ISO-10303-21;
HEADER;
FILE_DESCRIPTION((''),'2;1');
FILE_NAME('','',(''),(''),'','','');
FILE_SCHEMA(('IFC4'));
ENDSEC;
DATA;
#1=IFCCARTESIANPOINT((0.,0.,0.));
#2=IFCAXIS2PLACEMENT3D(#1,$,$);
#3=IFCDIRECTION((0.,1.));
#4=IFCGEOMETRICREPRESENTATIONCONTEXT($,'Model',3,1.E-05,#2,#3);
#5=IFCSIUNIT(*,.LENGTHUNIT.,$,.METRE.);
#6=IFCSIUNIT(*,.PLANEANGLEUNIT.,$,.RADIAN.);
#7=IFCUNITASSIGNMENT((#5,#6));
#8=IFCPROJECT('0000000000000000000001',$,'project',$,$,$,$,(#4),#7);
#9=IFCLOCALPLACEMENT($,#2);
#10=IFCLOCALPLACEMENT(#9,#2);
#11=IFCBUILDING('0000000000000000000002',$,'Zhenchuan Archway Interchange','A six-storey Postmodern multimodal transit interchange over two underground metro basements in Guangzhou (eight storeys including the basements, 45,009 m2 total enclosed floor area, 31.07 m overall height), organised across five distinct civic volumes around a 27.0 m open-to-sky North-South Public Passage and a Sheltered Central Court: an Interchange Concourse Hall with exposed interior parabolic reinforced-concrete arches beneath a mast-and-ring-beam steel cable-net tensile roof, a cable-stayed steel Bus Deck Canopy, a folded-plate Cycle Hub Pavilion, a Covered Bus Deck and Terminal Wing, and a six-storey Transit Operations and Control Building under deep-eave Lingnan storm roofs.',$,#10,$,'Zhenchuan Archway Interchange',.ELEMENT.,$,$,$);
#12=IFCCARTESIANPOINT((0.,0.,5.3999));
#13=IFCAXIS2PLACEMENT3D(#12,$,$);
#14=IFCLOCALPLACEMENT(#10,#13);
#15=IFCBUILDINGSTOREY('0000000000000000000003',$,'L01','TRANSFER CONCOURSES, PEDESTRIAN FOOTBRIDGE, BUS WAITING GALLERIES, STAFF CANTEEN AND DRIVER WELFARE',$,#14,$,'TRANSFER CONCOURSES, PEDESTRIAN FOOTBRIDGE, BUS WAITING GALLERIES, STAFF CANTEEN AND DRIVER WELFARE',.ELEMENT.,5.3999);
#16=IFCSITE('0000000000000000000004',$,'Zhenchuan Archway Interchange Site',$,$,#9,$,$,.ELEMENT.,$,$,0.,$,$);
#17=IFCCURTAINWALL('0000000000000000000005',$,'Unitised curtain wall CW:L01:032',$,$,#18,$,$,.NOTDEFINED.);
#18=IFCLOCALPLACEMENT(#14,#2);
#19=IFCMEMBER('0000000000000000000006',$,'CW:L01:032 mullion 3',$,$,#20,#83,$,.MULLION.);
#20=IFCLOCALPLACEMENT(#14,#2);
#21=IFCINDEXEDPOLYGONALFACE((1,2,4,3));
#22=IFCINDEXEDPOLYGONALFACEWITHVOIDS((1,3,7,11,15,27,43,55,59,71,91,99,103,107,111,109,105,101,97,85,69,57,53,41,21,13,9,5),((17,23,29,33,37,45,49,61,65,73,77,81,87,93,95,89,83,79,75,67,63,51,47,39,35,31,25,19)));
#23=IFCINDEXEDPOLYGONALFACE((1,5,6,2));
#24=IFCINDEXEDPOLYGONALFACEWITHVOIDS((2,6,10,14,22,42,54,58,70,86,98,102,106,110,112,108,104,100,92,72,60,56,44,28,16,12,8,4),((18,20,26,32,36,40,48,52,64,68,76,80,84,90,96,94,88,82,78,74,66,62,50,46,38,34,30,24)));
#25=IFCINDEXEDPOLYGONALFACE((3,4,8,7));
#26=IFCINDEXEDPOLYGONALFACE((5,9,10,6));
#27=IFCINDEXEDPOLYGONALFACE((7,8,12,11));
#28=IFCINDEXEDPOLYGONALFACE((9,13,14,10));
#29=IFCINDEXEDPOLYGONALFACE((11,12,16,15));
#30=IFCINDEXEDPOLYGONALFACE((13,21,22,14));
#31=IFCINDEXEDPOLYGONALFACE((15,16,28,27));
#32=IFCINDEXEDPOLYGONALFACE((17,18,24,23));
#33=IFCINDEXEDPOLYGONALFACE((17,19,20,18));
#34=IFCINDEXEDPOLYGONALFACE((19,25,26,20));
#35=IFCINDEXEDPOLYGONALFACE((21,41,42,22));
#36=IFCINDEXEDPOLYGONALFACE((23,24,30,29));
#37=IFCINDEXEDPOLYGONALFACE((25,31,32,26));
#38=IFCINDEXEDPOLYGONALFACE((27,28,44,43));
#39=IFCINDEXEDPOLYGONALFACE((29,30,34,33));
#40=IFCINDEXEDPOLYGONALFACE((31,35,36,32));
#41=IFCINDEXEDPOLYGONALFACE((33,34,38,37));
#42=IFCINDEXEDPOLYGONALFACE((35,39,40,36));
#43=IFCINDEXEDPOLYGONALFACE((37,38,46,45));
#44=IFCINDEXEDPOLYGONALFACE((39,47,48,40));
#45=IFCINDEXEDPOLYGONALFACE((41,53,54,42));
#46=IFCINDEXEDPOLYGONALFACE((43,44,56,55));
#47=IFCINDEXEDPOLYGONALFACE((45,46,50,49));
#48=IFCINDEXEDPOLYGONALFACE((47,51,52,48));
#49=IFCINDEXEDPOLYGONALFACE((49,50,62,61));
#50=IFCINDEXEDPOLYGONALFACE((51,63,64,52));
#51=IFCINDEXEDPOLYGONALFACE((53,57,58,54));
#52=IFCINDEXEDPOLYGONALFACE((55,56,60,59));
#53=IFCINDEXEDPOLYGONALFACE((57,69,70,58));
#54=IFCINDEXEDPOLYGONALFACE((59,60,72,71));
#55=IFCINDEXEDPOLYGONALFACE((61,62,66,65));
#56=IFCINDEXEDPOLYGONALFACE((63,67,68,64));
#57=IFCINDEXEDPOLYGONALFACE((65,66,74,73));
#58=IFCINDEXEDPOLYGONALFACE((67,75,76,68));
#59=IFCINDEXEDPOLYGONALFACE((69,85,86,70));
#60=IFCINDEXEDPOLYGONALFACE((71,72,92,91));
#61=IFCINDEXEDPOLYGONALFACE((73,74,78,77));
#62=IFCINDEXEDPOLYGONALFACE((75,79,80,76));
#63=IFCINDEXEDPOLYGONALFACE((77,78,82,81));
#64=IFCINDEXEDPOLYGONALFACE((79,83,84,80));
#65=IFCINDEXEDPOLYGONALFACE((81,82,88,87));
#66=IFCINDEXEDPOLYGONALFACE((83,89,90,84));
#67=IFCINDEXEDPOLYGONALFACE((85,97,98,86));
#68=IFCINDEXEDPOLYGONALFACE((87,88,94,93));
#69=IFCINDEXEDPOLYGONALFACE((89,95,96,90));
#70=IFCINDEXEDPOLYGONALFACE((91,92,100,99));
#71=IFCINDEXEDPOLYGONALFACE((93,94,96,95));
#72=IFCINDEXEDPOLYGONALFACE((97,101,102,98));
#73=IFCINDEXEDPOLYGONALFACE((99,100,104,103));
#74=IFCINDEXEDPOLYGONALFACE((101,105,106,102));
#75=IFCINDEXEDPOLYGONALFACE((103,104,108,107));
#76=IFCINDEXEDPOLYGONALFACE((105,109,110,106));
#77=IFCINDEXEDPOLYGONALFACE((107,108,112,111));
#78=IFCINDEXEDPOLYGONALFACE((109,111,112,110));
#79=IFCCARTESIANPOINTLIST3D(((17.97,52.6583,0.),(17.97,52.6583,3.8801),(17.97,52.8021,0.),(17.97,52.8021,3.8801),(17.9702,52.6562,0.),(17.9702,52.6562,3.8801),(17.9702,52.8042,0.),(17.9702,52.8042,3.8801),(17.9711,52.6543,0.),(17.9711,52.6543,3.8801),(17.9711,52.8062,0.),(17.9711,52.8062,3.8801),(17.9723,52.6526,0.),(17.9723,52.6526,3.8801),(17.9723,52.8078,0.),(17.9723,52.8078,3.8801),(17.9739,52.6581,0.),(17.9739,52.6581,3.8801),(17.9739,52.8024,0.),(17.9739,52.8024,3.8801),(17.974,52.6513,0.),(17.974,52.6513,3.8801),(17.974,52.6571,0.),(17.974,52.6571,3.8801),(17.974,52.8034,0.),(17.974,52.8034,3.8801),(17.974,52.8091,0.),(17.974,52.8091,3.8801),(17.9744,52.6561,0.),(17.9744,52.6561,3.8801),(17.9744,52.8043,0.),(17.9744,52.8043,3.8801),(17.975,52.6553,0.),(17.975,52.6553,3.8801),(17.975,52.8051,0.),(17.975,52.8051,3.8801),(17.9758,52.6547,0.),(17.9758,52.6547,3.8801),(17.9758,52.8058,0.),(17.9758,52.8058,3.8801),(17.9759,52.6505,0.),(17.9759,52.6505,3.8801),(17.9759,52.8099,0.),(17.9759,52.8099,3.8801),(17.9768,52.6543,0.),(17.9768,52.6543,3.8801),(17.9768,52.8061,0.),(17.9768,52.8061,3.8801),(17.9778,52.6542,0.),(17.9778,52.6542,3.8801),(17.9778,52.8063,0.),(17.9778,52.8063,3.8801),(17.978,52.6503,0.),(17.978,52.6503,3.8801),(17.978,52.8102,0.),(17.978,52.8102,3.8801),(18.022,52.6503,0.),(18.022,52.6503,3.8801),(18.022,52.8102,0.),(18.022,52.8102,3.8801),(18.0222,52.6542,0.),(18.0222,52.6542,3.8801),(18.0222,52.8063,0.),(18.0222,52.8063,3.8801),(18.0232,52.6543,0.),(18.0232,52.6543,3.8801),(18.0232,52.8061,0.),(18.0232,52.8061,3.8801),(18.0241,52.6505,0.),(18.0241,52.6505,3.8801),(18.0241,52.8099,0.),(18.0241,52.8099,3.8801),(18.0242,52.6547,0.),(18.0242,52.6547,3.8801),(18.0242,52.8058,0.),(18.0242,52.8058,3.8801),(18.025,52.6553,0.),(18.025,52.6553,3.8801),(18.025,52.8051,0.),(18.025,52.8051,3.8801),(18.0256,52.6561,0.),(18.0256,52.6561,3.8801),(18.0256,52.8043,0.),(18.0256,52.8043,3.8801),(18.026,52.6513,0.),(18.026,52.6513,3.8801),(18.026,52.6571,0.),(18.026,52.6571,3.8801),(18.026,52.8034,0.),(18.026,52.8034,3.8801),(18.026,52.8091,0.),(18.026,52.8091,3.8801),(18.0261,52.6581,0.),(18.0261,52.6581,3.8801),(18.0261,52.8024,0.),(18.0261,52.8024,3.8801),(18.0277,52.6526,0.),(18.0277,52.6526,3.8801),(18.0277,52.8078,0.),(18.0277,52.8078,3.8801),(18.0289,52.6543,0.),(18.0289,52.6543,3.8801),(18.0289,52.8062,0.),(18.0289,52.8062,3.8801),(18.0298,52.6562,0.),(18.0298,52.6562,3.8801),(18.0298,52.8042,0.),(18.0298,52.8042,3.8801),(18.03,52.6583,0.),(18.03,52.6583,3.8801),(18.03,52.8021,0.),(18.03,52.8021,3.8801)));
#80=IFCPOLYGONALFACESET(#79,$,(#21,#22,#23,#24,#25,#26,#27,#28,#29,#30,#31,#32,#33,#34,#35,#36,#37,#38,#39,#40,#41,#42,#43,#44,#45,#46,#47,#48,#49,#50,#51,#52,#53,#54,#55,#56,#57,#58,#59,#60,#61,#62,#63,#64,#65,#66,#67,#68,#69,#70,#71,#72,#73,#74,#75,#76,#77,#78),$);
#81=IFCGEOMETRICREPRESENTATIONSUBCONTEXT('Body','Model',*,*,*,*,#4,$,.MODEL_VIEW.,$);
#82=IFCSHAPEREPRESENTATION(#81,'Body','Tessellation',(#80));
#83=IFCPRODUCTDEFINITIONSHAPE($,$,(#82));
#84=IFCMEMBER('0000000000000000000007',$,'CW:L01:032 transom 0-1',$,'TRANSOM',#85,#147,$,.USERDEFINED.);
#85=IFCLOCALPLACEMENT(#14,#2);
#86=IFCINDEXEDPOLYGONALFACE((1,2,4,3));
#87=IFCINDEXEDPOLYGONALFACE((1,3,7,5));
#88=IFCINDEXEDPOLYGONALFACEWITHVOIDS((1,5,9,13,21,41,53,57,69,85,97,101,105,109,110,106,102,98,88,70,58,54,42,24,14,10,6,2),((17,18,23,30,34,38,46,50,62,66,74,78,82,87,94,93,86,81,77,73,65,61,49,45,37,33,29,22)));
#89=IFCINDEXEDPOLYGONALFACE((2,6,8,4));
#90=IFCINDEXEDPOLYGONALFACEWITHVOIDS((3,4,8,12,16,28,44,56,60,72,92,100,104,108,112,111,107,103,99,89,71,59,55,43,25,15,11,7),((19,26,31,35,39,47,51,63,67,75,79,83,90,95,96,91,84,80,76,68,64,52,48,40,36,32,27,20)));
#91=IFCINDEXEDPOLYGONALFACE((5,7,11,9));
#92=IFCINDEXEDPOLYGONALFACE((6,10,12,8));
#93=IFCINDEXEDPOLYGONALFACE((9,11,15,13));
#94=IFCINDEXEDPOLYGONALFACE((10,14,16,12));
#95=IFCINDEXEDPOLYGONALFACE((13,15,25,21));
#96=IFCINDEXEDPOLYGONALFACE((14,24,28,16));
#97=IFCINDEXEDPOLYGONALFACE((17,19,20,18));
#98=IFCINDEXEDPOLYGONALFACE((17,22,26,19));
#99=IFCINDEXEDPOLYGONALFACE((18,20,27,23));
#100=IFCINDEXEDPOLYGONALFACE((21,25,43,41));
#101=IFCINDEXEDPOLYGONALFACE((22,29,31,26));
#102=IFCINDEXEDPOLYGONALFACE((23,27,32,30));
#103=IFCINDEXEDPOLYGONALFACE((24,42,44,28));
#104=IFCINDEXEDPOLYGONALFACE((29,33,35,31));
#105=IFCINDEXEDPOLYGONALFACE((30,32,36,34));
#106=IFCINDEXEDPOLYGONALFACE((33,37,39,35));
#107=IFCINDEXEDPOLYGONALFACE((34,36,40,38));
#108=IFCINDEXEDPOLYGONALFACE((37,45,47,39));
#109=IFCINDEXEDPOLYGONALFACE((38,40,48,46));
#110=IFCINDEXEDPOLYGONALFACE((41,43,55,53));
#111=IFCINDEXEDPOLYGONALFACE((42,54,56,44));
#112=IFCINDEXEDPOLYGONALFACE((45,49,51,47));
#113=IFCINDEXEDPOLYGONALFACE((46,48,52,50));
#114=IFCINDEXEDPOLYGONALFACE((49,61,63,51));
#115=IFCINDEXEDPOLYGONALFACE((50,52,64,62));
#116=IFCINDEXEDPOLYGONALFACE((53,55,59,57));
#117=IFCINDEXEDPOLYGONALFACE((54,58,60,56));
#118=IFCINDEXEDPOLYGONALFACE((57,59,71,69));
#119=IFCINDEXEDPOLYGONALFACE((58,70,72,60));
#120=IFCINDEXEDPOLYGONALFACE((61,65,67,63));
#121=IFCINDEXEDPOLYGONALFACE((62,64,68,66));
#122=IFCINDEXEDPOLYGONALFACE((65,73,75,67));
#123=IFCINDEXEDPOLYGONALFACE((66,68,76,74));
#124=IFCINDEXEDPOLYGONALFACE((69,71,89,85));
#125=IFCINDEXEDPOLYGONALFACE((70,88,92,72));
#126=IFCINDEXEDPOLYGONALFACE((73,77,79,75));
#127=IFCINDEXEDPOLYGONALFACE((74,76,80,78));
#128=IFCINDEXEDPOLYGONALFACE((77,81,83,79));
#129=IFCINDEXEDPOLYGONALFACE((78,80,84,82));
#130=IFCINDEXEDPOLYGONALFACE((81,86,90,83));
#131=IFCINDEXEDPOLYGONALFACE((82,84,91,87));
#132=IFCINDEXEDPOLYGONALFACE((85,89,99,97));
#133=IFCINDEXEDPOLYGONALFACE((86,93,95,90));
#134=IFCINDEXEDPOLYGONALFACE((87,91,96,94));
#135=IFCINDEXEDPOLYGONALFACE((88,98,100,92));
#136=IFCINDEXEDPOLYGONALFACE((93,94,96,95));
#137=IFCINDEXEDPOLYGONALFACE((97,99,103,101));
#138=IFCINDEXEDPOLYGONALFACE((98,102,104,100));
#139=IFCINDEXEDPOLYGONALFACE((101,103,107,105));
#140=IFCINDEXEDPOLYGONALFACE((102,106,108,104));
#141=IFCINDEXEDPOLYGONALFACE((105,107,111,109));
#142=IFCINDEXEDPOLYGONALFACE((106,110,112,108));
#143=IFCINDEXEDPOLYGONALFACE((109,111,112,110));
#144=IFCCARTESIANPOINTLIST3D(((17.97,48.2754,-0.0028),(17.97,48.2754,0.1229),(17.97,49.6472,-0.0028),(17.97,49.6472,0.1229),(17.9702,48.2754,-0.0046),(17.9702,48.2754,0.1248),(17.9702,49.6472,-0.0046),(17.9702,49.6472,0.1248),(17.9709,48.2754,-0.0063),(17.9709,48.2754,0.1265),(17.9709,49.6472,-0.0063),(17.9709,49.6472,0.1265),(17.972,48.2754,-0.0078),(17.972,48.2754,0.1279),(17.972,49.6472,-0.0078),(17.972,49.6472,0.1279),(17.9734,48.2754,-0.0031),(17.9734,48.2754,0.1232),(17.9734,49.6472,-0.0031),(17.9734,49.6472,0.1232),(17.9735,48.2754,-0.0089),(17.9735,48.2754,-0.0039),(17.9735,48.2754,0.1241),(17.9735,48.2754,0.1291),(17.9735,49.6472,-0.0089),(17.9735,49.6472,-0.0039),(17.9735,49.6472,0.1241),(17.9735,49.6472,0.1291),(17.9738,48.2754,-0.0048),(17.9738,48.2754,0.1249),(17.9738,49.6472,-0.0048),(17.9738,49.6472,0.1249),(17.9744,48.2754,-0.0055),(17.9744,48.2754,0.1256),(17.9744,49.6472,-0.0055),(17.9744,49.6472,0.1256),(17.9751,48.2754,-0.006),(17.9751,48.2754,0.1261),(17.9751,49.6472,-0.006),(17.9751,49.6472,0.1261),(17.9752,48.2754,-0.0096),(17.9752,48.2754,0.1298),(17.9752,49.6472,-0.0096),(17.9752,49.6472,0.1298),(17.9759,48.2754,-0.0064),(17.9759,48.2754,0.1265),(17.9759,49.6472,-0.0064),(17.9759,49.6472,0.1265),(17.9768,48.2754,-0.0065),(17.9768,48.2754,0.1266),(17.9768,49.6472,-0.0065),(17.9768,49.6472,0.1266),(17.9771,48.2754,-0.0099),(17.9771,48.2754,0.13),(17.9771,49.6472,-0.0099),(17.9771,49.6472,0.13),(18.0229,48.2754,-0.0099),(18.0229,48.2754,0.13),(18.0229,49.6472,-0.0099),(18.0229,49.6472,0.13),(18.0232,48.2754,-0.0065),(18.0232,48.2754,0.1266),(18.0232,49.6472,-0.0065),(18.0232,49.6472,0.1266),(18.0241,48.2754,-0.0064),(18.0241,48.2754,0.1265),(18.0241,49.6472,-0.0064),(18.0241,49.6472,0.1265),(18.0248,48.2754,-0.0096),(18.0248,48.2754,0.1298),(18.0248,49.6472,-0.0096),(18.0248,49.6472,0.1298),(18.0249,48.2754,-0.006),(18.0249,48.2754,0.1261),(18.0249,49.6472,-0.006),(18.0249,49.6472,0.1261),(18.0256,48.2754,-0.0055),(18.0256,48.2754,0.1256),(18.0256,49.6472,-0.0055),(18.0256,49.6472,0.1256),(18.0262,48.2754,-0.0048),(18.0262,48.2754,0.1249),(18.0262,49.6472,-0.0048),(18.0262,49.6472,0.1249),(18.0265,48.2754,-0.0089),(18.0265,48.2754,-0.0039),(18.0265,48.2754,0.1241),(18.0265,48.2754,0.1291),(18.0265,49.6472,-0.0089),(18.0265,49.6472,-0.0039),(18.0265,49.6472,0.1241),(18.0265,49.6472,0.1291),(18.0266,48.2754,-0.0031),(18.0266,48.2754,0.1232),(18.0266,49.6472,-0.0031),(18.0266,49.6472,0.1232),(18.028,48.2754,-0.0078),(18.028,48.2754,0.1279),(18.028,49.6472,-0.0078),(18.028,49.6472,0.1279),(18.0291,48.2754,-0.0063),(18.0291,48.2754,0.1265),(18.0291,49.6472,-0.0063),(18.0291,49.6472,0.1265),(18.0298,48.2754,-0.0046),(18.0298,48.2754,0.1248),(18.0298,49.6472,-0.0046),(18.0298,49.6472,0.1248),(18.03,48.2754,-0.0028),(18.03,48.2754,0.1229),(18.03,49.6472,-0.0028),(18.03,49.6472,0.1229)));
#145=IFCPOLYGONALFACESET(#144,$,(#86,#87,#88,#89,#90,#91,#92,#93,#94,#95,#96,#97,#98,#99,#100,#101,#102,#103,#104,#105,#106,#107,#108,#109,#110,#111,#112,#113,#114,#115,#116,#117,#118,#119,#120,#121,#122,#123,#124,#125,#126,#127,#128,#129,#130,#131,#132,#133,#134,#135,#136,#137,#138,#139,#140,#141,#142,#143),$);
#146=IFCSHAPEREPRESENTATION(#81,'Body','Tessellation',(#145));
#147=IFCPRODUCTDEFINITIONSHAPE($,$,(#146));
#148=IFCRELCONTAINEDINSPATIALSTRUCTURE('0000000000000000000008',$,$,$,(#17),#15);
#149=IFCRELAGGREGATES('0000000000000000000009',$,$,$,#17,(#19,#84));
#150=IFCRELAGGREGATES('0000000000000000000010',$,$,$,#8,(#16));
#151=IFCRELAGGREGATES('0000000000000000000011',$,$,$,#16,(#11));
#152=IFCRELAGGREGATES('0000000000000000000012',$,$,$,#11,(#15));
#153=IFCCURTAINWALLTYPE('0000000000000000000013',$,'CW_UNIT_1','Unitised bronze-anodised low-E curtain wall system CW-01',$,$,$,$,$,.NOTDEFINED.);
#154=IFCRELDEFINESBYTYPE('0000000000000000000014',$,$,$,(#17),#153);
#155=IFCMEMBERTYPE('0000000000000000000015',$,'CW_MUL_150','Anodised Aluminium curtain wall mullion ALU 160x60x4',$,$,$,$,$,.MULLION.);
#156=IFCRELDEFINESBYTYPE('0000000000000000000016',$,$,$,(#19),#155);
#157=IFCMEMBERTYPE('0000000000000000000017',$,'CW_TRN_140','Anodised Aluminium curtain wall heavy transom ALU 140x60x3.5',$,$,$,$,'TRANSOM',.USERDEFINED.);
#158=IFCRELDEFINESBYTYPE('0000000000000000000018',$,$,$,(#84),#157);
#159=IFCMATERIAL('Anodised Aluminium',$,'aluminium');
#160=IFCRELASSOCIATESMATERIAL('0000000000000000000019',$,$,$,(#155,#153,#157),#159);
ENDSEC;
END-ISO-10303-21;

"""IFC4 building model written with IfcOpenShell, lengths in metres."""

from ifc_helpers import new_model, si_unit, direction, frame, origin, origin_2d, place, context, subcontext, project, spatial, hollow_rectangle, extrude, material, material_profile, profile_set, type_object, element, aggregate, save


model = new_model("IFC4")

# Units and contexts
model_context = context("Model", 3, precision=1e-05, world=origin(), true_north=direction((0.0, 1.0)))
body_context = subcontext(model_context, "Body", "Model", "MODEL_VIEW")
ifc_project = project(units=[si_unit("LENGTHUNIT", "METRE"), si_unit("PLANEANGLEUNIT", "RADIAN")], contexts=[model_context])

# Site, building, storey
site_placement = place(None, origin())
site = spatial("IfcSite", under=ifc_project, at=site_placement, Name="Zhenchuan Archway Interchange Site", CompositionType="ELEMENT", RefElevation=0.0)
building_placement = place(site_placement, origin())
building = spatial("IfcBuilding", under=site, at=building_placement, Name="Zhenchuan Archway Interchange", Description="A six-storey Postmodern multimodal transit interchange over two underground metro basements in Guangzhou (eight storeys including the basements, 45,009 m2 total enclosed floor area, 31.07 m overall height), organised across five distinct civic volumes around a 27.0 m open-to-sky North-South Public Passage and a Sheltered Central Court: an Interchange Concourse Hall with exposed interior parabolic reinforced-concrete arches beneath a mast-and-ring-beam steel cable-net tensile roof, a cable-stayed steel Bus Deck Canopy, a folded-plate Cycle Hub Pavilion, a Covered Bus Deck and Terminal Wing, and a six-storey Transit Operations and Control Building under deep-eave Lingnan storm roofs.", LongName="Zhenchuan Archway Interchange", CompositionType="ELEMENT")
storey_placement = place(building_placement, frame((0.0, 0.0, 5.3999)))
storey = spatial("IfcBuildingStorey", under=building, at=storey_placement, Name="L01", Description="TRANSFER CONCOURSES, PEDESTRIAN FOOTBRIDGE, BUS WAITING GALLERIES, STAFF CANTEEN AND DRIVER WELFARE", LongName="TRANSFER CONCOURSES, PEDESTRIAN FOOTBRIDGE, BUS WAITING GALLERIES, STAFF CANTEEN AND DRIVER WELFARE", CompositionType="ELEMENT", Elevation=5.3999)

# Shared definitions
ifc_material_1 = material(Name="Anodised Aluminium", Category="aluminium")
ifc_material_profile_1 = material_profile(ifc_material_1, hollow_rectangle(XDim=0.0601, YDim=0.1599, WallThickness=0.0039, InnerFilletRadius=0.0039, OuterFilletRadius=0.0081, at=origin_2d()), Name="ALU 160x60x4")
ifc_profile_set_1 = profile_set([ifc_material_profile_1], Name="Anodised Aluminium")
member_type_1 = type_object("IfcMemberType", Name="CW_MUL_150", Description="Anodised Aluminium curtain wall mullion ALU 160x60x4", PredefinedType="MULLION", material=ifc_profile_set_1)

# Curtain wall, members
curtain_wall_type_1 = type_object("IfcCurtainWallType", Name="CW_UNIT_1", Description="Unitised bronze-anodised low-E curtain wall system CW-01", PredefinedType="NOTDEFINED", material=ifc_material_1)
curtain_wall_1_placement = place(storey_placement, origin())
curtain_wall_1 = element("IfcCurtainWall", 1, at=curtain_wall_1_placement, inside=storey, type_object=curtain_wall_type_1, Name="Unitised curtain wall CW:L01:032", PredefinedType="NOTDEFINED")
member_1_placement = place(storey_placement, frame((18.0, 52.7302, 0.0), z_axis=(0.0, 0.0, 1.0), x_axis=(1.0, 0.0, 0.0)))
member_1 = element("IfcMember", 2, at=member_1_placement, type_object=member_type_1, Name="CW:L01:032 mullion 3", PredefinedType="MULLION", context=body_context, shape_type="SweptSolid", body=[
    extrude(hollow_rectangle(XDim=0.0601, YDim=0.1599, WallThickness=0.0039, InnerFilletRadius=0.0039, OuterFilletRadius=0.0081, at=origin_2d()), origin(), (0.0, 0.0, 1.0), 3.8801),
])
ifc_material_profile_2 = material_profile(ifc_material_1, hollow_rectangle(XDim=0.0601, YDim=0.1399, WallThickness=0.0034, InnerFilletRadius=0.0034, OuterFilletRadius=0.0071, at=origin_2d()), Name="ALU 140x60x3.5")
ifc_profile_set_2 = profile_set([ifc_material_profile_2], Name="Anodised Aluminium")
member_type_2 = type_object("IfcMemberType", Name="CW_TRN_140", Description="Anodised Aluminium curtain wall heavy transom ALU 140x60x3.5", ElementType="TRANSOM", PredefinedType="USERDEFINED", material=ifc_profile_set_2)
member_2_placement = place(storey_placement, frame((18.0, 48.2754, 0.0601), z_axis=(0.0, 1.0, 0.0), x_axis=(-1.0, 0.0, 0.0)))
member_2 = element("IfcMember", 3, at=member_2_placement, type_object=member_type_2, Name="CW:L01:032 transom 0-1", ObjectType="TRANSOM", PredefinedType="USERDEFINED", context=body_context, shape_type="SweptSolid", body=[
    extrude(hollow_rectangle(XDim=0.0601, YDim=0.1399, WallThickness=0.0034, InnerFilletRadius=0.0034, OuterFilletRadius=0.0071, at=origin_2d()), origin(), (0.0, 0.0, 1.0), 1.3718),
])

aggregate(curtain_wall_1, [member_1, member_2])

save(model, "model.ifc")
